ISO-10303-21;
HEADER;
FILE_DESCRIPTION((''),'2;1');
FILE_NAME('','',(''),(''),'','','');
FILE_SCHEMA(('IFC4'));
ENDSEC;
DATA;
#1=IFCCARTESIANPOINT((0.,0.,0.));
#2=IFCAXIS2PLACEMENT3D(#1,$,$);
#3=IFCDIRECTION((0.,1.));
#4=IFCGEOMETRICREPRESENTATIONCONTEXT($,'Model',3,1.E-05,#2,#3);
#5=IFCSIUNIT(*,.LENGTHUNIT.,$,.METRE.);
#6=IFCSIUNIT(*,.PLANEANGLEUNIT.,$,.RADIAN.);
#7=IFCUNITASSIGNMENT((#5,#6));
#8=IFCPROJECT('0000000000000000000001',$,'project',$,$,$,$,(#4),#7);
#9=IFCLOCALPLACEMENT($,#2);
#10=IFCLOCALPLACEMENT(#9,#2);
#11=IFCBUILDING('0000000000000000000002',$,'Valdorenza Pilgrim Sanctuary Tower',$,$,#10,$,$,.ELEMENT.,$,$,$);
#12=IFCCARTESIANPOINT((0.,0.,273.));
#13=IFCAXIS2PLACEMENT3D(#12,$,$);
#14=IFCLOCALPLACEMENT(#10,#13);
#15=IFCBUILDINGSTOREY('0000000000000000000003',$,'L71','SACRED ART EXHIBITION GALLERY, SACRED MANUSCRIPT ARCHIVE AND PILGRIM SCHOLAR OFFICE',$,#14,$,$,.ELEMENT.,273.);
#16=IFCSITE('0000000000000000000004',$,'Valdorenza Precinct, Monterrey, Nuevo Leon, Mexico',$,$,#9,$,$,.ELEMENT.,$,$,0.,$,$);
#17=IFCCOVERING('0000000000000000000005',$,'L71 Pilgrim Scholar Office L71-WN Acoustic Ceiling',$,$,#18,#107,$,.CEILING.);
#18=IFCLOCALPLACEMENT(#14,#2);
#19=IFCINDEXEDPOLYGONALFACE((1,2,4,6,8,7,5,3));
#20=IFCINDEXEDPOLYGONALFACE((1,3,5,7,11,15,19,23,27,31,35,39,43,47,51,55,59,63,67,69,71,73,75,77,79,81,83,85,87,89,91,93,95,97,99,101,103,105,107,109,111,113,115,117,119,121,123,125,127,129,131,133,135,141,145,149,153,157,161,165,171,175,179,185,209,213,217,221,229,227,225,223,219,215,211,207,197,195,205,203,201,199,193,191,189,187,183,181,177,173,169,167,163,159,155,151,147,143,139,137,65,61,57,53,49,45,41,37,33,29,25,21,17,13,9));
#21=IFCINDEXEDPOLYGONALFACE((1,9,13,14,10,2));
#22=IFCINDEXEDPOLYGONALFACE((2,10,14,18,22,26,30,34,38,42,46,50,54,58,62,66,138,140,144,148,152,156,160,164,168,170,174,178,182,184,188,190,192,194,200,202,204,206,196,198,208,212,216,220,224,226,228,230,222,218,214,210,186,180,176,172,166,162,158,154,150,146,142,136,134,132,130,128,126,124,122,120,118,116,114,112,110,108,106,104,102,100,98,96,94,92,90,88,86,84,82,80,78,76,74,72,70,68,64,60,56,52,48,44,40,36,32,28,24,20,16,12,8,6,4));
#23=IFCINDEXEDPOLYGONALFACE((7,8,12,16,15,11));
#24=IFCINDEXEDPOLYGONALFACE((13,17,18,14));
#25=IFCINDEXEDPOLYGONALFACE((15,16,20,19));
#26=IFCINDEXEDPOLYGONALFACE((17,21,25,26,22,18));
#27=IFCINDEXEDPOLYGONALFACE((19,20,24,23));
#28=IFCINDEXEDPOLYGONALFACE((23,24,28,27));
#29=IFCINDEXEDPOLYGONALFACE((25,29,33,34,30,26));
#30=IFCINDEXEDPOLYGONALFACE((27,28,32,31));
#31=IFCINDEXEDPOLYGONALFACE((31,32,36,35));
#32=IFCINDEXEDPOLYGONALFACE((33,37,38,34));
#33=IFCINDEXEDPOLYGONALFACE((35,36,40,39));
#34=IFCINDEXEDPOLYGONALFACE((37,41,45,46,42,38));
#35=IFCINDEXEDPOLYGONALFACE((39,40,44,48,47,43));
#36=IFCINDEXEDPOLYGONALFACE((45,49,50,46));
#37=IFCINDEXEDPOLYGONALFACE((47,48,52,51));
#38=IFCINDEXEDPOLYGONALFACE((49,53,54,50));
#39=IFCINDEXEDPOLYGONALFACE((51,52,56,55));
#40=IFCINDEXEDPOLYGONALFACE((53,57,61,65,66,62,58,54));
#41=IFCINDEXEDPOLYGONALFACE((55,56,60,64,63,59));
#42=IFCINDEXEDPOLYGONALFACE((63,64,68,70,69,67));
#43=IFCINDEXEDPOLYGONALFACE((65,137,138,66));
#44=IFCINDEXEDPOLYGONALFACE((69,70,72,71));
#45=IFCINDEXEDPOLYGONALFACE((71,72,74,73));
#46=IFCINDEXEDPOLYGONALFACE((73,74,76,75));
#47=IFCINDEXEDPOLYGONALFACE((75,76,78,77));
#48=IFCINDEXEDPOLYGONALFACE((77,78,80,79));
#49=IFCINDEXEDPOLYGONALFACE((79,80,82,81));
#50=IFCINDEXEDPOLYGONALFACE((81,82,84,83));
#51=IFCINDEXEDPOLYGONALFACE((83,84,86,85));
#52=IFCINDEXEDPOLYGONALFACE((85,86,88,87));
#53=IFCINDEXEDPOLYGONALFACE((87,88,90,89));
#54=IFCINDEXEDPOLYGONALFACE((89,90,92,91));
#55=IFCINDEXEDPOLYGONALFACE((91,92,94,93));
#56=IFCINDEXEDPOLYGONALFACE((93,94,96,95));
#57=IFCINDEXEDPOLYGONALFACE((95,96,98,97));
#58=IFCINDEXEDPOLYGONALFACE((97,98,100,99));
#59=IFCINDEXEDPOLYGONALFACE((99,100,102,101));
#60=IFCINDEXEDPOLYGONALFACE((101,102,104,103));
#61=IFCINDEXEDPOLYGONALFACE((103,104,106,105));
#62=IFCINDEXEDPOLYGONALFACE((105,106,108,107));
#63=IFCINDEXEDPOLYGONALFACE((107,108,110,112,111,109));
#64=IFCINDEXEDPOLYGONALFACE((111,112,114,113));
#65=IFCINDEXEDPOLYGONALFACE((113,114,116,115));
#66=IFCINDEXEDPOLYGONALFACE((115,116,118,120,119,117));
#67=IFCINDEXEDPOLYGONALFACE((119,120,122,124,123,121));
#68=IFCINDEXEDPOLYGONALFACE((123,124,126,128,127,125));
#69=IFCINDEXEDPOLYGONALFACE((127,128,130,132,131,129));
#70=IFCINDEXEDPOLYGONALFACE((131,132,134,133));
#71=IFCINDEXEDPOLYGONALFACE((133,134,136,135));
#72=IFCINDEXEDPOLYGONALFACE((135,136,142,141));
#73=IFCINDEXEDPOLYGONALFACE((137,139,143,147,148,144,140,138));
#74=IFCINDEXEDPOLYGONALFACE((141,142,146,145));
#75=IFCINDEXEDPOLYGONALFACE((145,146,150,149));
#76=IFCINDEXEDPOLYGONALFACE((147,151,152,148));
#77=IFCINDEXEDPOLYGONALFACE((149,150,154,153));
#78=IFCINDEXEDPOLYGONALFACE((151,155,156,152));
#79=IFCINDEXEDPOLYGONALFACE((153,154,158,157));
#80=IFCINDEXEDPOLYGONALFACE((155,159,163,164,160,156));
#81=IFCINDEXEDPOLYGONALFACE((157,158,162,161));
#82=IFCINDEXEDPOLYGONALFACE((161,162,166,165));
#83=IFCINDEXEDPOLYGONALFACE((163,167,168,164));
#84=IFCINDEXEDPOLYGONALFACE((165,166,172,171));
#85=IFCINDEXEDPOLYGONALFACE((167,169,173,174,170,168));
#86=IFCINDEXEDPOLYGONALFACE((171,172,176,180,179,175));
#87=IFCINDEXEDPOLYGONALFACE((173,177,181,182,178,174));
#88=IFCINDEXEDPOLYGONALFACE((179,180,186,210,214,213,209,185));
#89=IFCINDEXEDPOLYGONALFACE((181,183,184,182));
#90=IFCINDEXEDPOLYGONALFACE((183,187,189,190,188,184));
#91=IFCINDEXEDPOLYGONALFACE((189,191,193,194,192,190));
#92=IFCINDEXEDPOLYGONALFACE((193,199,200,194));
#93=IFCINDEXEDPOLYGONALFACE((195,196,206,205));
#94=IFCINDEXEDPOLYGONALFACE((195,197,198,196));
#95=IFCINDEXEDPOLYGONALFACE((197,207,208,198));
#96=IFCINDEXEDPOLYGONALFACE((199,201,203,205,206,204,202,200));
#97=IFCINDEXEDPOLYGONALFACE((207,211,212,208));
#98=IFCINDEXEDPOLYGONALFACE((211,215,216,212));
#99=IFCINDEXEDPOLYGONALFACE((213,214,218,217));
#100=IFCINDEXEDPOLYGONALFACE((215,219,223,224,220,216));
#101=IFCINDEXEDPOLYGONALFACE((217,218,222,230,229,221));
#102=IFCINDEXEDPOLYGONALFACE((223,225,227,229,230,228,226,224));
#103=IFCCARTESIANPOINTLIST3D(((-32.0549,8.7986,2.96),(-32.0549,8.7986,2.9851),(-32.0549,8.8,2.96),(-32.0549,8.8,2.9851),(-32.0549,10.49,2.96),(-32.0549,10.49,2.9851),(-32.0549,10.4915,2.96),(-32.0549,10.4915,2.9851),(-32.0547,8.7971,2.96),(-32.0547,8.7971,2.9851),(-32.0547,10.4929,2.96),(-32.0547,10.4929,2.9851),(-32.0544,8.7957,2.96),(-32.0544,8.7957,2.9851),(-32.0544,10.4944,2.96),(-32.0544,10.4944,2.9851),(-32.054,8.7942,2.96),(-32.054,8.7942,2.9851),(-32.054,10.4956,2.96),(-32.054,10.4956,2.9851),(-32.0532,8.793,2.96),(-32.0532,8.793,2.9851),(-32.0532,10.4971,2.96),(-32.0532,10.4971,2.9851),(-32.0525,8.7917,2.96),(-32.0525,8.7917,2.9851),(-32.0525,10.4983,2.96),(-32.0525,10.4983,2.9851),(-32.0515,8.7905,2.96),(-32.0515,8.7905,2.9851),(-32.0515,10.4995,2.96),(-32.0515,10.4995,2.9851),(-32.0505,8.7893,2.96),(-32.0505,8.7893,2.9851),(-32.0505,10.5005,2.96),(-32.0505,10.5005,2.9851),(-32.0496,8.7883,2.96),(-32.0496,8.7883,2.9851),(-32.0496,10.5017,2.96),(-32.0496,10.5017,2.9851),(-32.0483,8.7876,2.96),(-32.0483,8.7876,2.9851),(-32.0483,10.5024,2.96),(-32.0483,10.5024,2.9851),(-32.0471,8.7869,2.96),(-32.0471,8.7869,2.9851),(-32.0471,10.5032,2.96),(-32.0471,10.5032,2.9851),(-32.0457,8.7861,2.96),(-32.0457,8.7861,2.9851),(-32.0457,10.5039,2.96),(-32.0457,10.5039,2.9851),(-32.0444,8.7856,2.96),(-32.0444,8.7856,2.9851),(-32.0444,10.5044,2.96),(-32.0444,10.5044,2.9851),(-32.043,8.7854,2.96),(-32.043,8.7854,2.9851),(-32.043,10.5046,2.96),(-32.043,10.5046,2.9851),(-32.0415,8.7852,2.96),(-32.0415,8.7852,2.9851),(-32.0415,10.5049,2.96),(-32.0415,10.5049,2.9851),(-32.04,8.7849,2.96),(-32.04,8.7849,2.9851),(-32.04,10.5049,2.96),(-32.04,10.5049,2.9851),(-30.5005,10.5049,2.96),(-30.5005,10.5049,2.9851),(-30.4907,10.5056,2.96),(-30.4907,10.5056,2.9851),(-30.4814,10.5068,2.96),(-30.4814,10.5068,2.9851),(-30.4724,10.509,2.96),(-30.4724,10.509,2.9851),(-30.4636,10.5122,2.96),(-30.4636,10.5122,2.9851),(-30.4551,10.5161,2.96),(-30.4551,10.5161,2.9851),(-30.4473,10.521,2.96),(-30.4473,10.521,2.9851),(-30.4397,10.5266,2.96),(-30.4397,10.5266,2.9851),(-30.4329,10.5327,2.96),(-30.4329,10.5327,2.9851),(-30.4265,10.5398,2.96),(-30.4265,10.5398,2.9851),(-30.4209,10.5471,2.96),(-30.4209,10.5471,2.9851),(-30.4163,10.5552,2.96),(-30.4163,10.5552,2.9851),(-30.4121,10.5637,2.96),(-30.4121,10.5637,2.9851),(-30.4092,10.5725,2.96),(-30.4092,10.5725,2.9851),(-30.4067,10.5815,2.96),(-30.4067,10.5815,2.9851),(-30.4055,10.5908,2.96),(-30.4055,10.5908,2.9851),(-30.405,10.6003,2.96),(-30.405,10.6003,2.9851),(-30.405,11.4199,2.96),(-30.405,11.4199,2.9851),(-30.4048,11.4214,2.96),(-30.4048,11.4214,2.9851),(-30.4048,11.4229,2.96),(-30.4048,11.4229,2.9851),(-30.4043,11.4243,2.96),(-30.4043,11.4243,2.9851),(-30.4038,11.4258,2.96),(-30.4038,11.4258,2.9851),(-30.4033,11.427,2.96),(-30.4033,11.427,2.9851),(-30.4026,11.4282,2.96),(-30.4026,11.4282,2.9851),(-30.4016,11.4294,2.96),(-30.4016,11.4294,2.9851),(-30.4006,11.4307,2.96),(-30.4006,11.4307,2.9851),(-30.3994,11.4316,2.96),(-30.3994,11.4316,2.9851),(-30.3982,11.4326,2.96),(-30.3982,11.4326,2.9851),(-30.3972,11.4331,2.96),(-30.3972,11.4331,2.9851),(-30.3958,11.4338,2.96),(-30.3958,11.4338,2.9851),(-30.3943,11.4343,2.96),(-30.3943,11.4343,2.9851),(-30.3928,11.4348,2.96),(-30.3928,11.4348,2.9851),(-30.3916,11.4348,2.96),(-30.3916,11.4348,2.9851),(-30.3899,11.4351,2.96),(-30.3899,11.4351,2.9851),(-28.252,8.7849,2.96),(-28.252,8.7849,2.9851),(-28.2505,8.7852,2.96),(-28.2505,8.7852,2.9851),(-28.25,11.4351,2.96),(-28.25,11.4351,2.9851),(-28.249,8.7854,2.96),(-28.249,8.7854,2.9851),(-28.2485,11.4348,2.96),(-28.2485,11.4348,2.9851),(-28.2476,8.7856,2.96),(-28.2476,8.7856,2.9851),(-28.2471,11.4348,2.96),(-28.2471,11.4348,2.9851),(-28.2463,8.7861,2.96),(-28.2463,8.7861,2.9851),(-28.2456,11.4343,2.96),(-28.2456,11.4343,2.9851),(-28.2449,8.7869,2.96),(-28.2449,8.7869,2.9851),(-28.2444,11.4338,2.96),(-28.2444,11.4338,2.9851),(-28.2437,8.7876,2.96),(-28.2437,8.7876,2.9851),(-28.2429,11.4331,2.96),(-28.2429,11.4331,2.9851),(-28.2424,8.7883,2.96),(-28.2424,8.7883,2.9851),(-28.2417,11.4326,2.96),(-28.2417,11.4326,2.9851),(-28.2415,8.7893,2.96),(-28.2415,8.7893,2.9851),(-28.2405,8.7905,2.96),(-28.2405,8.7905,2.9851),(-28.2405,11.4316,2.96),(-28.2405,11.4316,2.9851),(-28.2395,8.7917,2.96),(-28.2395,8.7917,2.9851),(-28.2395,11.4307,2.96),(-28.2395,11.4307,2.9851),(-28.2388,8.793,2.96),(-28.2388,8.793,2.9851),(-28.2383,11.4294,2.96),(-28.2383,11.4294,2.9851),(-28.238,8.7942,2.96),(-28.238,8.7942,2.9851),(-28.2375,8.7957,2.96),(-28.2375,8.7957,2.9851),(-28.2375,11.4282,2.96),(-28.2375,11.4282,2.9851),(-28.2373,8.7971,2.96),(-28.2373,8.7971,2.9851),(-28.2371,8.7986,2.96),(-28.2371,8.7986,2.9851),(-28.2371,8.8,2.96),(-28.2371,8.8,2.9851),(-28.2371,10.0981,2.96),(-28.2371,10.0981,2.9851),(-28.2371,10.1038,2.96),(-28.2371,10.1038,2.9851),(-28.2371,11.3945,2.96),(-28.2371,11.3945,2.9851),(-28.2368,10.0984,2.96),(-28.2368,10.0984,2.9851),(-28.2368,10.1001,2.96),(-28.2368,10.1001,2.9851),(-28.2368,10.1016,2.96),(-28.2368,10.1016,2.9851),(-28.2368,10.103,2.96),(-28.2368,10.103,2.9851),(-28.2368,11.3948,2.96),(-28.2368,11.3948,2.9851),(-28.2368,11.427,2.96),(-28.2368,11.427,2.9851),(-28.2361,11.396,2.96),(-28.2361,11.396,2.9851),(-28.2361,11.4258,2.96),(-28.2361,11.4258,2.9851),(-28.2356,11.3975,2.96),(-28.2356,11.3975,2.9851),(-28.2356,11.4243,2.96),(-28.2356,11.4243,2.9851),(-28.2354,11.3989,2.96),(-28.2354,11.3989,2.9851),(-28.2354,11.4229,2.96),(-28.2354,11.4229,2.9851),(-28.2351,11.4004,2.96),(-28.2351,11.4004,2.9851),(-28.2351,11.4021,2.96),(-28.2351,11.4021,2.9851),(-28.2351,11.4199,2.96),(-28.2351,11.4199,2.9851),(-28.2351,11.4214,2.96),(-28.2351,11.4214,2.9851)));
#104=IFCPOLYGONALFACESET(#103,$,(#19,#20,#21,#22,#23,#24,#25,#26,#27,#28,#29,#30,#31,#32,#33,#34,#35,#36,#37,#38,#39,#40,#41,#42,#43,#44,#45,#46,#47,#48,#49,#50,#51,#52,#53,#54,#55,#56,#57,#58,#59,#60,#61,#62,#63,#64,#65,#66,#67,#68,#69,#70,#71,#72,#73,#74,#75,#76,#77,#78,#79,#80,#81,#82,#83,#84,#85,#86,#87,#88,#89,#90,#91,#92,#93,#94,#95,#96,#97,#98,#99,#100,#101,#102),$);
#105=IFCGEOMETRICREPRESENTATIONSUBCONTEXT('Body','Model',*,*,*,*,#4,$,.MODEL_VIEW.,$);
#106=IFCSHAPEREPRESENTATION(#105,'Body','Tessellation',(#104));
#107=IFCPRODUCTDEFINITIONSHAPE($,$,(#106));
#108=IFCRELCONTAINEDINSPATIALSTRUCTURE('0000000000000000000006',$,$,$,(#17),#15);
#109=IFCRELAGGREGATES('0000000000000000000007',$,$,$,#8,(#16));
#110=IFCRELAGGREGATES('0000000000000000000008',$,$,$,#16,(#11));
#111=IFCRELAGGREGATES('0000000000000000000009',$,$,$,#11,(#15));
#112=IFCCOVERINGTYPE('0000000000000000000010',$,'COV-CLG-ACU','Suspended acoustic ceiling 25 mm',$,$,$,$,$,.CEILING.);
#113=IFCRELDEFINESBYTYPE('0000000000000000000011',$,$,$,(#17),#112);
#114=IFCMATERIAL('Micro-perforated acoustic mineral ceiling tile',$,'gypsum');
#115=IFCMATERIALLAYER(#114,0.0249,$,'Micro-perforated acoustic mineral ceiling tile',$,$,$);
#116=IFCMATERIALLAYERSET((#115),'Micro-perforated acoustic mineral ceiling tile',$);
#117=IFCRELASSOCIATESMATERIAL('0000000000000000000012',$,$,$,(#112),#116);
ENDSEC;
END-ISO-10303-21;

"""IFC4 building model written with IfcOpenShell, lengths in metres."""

from ifc_helpers import new_model, si_unit, direction, frame, origin, place, context, subcontext, project, spatial, polyline, outline, extrude, material, layer, layer_set, type_object, element, save


model = new_model("IFC4")

# Units and contexts
model_context = context("Model", 3, precision=1e-05, world=origin(), true_north=direction((0.0, 1.0)))
body_context = subcontext(model_context, "Body", "Model", "MODEL_VIEW")
ifc_project = project(units=[si_unit("LENGTHUNIT", "METRE"), si_unit("PLANEANGLEUNIT", "RADIAN")], contexts=[model_context])

# Site, building, storey
site_placement = place(None, origin())
site = spatial("IfcSite", under=ifc_project, at=site_placement, Name="Valdorenza Precinct, Monterrey, Nuevo Leon, Mexico", CompositionType="ELEMENT", RefElevation=0.0)
building_placement = place(site_placement, origin())
building = spatial("IfcBuilding", under=site, at=building_placement, Name="Valdorenza Pilgrim Sanctuary Tower", CompositionType="ELEMENT")
storey_placement = place(building_placement, frame((0.0, 0.0, 273.0)))
storey = spatial("IfcBuildingStorey", under=building, at=storey_placement, Name="L71", Description="SACRED ART EXHIBITION GALLERY, SACRED MANUSCRIPT ARCHIVE AND PILGRIM SCHOLAR OFFICE", CompositionType="ELEMENT", Elevation=273.0)

# Covering
ifc_material_1 = material(Name="Micro-perforated acoustic mineral ceiling tile", Category="gypsum")
ifc_layer_1 = layer(ifc_material_1, 0.0249, Name="Micro-perforated acoustic mineral ceiling tile")
ifc_layer_set_1 = layer_set([ifc_layer_1], Name="Micro-perforated acoustic mineral ceiling tile")
covering_type_1 = type_object("IfcCoveringType", Name="COV-CLG-ACU", Description="Suspended acoustic ceiling 25 mm", PredefinedType="CEILING", material=ifc_layer_set_1)
covering_1_placement = place(storey_placement, frame((0.0, 0.0, 2.96)))
element("IfcCovering", 1, at=covering_1_placement, inside=storey, type_object=covering_type_1, Name="L71 Pilgrim Scholar Office L71-WN Acoustic Ceiling", PredefinedType="CEILING", context=body_context, shape_type="SweptSolid", body=[
    extrude(outline(polyline([(-28.2371, 11.3945), (-28.2371, 10.1038), (-28.2368, 10.103), (-28.2368, 10.1016), (-28.2368, 10.1001), (-28.2368, 10.0984), (-28.2371, 10.0981), (-28.2371, 8.8), (-28.2371, 8.7986), (-28.2373, 8.7971), (-28.2375, 8.7957), (-28.238, 8.7942), (-28.2388, 8.793), (-28.2395, 8.7917), (-28.2405, 8.7905), (-28.2415, 8.7893), (-28.2424, 8.7883), (-28.2437, 8.7876), (-28.2449, 8.7869), (-28.2463, 8.7861), (-28.2476, 8.7856), (-28.249, 8.7854), (-28.2505, 8.7852), (-28.252, 8.7849), (-32.04, 8.7849), (-32.0415, 8.7852), (-32.043, 8.7854), (-32.0444, 8.7856), (-32.0457, 8.7861), (-32.0471, 8.7869), (-32.0483, 8.7876), (-32.0496, 8.7883), (-32.0505, 8.7893), (-32.0515, 8.7905), (-32.0525, 8.7917), (-32.0532, 8.793), (-32.054, 8.7942), (-32.0544, 8.7957), (-32.0547, 8.7971), (-32.0549, 8.7986), (-32.0549, 8.8), (-32.0549, 10.49), (-32.0549, 10.4915), (-32.0547, 10.4929), (-32.0544, 10.4944), (-32.054, 10.4956), (-32.0532, 10.4971), (-32.0525, 10.4983), (-32.0515, 10.4995), (-32.0505, 10.5005), (-32.0496, 10.5017), (-32.0483, 10.5024), (-32.0471, 10.5032), (-32.0457, 10.5039), (-32.0444, 10.5044), (-32.043, 10.5046), (-32.0415, 10.5049), (-32.04, 10.5049), (-30.5005, 10.5049), (-30.4907, 10.5056), (-30.4814, 10.5068), (-30.4724, 10.509), (-30.4636, 10.5122), (-30.4551, 10.5161), (-30.4473, 10.521), (-30.4397, 10.5266), (-30.4329, 10.5327), (-30.4265, 10.5398), (-30.4209, 10.5471), (-30.4163, 10.5552), (-30.4121, 10.5637), (-30.4092, 10.5725), (-30.4067, 10.5815), (-30.4055, 10.5908), (-30.405, 10.6003), (-30.405, 11.4199), (-30.4048, 11.4214), (-30.4048, 11.4229), (-30.4043, 11.4243), (-30.4038, 11.4258), (-30.4033, 11.427), (-30.4026, 11.4282), (-30.4016, 11.4294), (-30.4006, 11.4307), (-30.3994, 11.4316), (-30.3982, 11.4326), (-30.3972, 11.4331), (-30.3958, 11.4338), (-30.3943, 11.4343), (-30.3928, 11.4348), (-30.3916, 11.4348), (-30.3899, 11.4351), (-28.25, 11.4351), (-28.2485, 11.4348), (-28.2471, 11.4348), (-28.2456, 11.4343), (-28.2444, 11.4338), (-28.2429, 11.4331), (-28.2417, 11.4326), (-28.2405, 11.4316), (-28.2395, 11.4307), (-28.2383, 11.4294), (-28.2375, 11.4282), (-28.2368, 11.427), (-28.2361, 11.4258), (-28.2356, 11.4243), (-28.2354, 11.4229), (-28.2351, 11.4214), (-28.2351, 11.4199), (-28.2351, 11.4021), (-28.2351, 11.4004), (-28.2354, 11.3989), (-28.2356, 11.3975), (-28.2361, 11.396), (-28.2368, 11.3948), (-28.2371, 11.3945)])), origin(), (0.0, 0.0, 1.0), 0.0251),
])

save(model, "model.ifc")
